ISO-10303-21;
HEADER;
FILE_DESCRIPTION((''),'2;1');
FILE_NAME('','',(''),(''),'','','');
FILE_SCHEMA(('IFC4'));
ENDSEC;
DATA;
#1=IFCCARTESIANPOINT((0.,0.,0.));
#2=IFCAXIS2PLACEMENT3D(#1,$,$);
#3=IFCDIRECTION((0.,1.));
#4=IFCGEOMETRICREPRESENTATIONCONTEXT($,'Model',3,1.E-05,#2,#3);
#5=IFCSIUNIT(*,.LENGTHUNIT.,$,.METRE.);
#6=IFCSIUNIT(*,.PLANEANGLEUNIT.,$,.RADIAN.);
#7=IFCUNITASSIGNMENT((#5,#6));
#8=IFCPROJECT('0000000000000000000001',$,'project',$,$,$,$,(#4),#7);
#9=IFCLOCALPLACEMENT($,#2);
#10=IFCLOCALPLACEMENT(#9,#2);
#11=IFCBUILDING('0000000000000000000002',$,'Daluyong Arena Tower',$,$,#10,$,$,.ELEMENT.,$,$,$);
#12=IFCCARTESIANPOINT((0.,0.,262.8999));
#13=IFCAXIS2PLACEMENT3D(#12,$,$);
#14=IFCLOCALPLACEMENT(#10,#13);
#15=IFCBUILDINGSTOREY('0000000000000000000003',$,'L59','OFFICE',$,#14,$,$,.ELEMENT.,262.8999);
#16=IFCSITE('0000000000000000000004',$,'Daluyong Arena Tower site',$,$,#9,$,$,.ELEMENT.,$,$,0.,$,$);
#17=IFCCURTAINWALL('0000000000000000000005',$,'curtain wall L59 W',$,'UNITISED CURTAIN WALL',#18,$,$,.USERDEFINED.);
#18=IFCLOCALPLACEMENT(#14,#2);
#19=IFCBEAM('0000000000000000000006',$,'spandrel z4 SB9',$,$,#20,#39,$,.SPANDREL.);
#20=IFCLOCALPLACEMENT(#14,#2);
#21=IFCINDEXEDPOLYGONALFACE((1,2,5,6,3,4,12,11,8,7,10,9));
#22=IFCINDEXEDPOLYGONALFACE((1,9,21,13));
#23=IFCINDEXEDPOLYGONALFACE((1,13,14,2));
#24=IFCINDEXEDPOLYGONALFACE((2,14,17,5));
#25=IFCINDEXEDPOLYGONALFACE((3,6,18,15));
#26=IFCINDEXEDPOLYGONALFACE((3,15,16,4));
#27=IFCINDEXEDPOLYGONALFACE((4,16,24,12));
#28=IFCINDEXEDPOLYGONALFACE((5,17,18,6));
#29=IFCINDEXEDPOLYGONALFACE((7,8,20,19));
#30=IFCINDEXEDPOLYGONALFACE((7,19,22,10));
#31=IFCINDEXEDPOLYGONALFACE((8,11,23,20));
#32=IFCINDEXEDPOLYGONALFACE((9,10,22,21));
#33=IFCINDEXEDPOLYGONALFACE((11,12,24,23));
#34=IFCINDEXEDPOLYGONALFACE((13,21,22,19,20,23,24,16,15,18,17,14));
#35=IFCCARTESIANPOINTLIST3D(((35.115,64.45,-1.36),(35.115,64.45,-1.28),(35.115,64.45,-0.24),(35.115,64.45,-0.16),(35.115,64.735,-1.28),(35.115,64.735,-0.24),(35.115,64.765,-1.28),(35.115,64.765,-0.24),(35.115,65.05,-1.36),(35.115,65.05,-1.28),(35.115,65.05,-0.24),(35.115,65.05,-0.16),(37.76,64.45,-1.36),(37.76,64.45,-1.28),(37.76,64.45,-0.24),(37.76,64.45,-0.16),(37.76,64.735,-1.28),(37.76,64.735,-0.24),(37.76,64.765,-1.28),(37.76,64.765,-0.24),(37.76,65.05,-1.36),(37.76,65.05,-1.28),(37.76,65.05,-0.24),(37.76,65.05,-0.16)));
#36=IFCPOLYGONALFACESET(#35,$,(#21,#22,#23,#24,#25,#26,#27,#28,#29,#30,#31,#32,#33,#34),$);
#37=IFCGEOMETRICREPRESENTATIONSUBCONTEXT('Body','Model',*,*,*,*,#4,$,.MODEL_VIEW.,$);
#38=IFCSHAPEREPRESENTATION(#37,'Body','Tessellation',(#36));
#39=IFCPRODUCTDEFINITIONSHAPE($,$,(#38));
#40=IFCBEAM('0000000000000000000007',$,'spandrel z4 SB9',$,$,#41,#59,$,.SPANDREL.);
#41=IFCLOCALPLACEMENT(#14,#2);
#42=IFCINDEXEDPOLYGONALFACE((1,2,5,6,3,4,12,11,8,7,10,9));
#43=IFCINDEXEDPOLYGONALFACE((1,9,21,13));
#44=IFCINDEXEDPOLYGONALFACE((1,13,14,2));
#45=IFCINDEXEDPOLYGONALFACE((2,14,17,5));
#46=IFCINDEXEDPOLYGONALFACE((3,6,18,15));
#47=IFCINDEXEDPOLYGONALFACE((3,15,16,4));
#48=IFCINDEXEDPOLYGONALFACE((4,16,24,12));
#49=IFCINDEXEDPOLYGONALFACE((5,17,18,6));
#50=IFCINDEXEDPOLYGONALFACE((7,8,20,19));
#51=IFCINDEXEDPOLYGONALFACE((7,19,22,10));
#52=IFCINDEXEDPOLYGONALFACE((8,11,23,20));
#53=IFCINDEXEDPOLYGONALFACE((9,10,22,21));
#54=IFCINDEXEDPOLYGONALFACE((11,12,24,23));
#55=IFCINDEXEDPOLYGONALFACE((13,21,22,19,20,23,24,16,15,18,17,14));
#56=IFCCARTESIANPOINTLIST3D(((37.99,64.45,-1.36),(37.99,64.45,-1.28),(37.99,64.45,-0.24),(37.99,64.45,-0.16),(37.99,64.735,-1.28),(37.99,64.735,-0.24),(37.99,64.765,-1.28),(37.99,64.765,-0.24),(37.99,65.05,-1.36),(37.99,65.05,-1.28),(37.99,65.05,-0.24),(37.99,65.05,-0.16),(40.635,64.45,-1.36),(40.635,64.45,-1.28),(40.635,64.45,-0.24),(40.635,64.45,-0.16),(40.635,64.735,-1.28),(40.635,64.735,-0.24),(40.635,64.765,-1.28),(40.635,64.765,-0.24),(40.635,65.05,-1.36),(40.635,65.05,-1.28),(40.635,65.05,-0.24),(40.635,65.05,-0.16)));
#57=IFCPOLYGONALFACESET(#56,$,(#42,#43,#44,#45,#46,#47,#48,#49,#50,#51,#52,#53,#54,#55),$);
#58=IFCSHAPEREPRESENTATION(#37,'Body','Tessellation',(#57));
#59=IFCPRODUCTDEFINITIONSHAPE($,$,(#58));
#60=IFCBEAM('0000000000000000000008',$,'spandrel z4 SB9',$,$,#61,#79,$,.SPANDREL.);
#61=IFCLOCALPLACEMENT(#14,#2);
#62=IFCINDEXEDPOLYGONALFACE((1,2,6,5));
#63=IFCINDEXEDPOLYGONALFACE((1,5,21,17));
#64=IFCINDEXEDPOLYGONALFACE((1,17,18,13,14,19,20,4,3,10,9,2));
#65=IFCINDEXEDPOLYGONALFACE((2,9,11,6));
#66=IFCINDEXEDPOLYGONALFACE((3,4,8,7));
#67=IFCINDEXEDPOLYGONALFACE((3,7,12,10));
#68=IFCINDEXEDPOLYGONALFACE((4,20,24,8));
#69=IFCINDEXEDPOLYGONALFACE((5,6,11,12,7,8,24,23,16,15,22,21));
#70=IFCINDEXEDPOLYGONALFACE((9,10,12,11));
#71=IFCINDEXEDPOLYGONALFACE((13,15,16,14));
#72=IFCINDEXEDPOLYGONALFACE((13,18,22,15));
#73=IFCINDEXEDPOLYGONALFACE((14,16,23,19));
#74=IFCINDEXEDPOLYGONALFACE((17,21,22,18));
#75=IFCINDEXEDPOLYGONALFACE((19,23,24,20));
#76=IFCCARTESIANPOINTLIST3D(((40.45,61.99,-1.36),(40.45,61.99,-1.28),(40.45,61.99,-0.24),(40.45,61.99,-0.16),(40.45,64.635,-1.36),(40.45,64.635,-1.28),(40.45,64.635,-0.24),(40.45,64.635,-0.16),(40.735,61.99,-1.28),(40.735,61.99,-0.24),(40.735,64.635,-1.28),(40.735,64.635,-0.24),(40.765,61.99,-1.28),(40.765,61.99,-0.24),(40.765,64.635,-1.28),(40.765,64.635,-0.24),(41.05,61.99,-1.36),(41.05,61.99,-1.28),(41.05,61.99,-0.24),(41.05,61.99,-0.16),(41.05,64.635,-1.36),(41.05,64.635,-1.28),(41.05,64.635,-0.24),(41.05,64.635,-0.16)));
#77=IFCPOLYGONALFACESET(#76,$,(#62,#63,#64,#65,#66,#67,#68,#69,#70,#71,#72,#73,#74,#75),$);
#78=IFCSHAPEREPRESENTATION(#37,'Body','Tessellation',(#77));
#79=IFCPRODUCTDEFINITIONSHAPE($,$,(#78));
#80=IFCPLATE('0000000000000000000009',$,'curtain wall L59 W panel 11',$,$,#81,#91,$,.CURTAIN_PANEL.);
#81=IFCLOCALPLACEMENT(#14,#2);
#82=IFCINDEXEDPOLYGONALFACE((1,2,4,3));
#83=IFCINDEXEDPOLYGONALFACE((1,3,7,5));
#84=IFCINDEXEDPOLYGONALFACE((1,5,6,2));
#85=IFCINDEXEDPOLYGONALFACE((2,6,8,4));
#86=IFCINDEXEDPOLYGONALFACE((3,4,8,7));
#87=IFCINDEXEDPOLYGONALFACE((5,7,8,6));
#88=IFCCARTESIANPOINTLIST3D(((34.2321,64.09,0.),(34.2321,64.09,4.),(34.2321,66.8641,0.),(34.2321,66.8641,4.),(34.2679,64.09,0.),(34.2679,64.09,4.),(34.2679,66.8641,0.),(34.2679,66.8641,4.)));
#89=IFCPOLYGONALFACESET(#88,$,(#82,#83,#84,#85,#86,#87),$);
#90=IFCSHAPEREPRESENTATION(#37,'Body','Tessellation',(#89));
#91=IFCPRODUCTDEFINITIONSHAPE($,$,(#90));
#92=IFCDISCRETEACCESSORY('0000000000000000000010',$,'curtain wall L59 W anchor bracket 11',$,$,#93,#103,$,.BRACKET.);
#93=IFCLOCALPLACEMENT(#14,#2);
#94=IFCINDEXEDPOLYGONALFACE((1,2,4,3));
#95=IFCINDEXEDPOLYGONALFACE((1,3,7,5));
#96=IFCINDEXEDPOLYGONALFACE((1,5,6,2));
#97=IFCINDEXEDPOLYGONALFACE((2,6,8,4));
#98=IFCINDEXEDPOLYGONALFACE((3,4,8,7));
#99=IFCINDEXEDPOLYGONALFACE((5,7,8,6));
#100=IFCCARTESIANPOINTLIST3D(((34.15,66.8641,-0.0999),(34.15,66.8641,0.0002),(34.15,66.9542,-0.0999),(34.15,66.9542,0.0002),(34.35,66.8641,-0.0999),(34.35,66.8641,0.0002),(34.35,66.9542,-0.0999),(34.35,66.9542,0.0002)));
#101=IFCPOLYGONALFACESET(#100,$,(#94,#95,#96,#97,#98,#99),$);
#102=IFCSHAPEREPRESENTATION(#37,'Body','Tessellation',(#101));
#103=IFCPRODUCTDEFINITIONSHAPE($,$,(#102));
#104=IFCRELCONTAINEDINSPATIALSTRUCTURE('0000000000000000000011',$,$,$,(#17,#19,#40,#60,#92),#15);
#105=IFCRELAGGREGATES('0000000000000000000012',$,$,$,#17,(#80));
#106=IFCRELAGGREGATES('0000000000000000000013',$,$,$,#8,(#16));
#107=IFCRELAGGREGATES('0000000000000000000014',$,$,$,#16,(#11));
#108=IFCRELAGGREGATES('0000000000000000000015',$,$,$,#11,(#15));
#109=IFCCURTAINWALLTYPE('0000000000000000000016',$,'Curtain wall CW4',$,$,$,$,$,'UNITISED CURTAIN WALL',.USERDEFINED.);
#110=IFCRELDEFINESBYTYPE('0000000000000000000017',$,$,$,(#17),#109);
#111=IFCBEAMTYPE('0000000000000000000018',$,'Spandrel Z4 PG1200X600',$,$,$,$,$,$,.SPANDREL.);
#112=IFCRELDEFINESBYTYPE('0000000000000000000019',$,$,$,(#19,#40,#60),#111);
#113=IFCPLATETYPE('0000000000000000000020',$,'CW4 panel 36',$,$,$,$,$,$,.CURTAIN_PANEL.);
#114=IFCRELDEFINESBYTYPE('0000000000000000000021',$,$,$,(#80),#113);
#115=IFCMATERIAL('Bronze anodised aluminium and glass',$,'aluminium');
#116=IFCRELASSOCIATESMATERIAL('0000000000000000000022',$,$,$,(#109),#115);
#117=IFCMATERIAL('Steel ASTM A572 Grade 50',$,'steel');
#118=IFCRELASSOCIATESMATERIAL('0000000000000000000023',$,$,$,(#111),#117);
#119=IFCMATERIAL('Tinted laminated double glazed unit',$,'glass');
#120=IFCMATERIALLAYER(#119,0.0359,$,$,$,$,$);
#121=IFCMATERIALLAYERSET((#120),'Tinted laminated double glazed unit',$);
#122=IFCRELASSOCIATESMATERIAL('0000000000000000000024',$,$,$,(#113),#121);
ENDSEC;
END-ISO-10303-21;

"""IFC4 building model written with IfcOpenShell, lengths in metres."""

from ifc_helpers import new_model, si_unit, direction, frame, origin, origin_2d, place, context, subcontext, project, spatial, rectangle, i_section, extrude, material, layer, layer_set, material_profile, profile_set, type_object, element, aggregate, save


model = new_model("IFC4")

# Units and contexts
model_context = context("Model", 3, precision=1e-05, world=origin(), true_north=direction((0.0, 1.0)))
body_context = subcontext(model_context, "Body", "Model", "MODEL_VIEW")
ifc_project = project(units=[si_unit("LENGTHUNIT", "METRE"), si_unit("PLANEANGLEUNIT", "RADIAN")], contexts=[model_context])

# Site, building, storey
site_placement = place(None, origin())
site = spatial("IfcSite", under=ifc_project, at=site_placement, Name="Daluyong Arena Tower site", CompositionType="ELEMENT", RefElevation=0.0)
building_placement = place(site_placement, origin())
building = spatial("IfcBuilding", under=site, at=building_placement, Name="Daluyong Arena Tower", CompositionType="ELEMENT")
storey_placement = place(building_placement, frame((0.0, 0.0, 262.8999)))
storey = spatial("IfcBuildingStorey", under=building, at=storey_placement, Name="L59", Description="OFFICE", CompositionType="ELEMENT", Elevation=262.8999)

# Curtain wall
ifc_material_1 = material(Name="Bronze anodised aluminium and glass", Category="aluminium")
curtain_wall_type = type_object("IfcCurtainWallType", Name="Curtain wall CW4", ElementType="UNITISED CURTAIN WALL", PredefinedType="USERDEFINED", material=ifc_material_1)
curtain_wall_placement = place(storey_placement, origin())
curtain_wall = element("IfcCurtainWall", 1, at=curtain_wall_placement, inside=storey, type_object=curtain_wall_type, Name="curtain wall L59 W", ObjectType="UNITISED CURTAIN WALL", PredefinedType="USERDEFINED")

# Beams
ifc_material_2 = material(Name="Steel ASTM A572 Grade 50", Category="steel")
ifc_material_profile_1 = material_profile(ifc_material_2, i_section(OverallWidth=0.6001, OverallDepth=1.2, WebThickness=0.03, FlangeThickness=0.08, at=origin_2d()))
ifc_profile_set_1 = profile_set([ifc_material_profile_1], Name="Steel ASTM A572 Grade 50")
beam_type_1 = type_object("IfcBeamType", Name="Spandrel Z4 PG1200X600", PredefinedType="SPANDREL", material=ifc_profile_set_1)
for number, where, z_axis, x_axis, name in (
    (2, (35.115, 64.75, -0.76), (1.0, 0.0, 0.0), (0.0, 1.0, 0.0), "spandrel z4 SB9"),
    (3, (37.99, 64.75, -0.76), (1.0, 0.0, 0.0), (0.0, 1.0, 0.0), "spandrel z4 SB9"),
    (4, (40.75, 64.635, -0.76), (0.0, -1.0, 0.0), (1.0, 0.0, 0.0), "spandrel z4 SB9"),
):
    element("IfcBeam", number, at=place(storey_placement, frame(where, z_axis=z_axis, x_axis=x_axis)), inside=storey, type_object=beam_type_1, Name=name, PredefinedType="SPANDREL", context=body_context, shape_type="SweptSolid", body=[
        extrude(i_section(OverallWidth=0.6001, OverallDepth=1.2, WebThickness=0.03, FlangeThickness=0.08, at=origin_2d()), origin(), (0.0, 0.0, 1.0), 2.645),
    ])

# Plate
ifc_material_3 = material(Name="Tinted laminated double glazed unit", Category="glass")
ifc_layer_1 = layer(ifc_material_3, 0.0359)
ifc_layer_set_1 = layer_set([ifc_layer_1], Name="Tinted laminated double glazed unit")
plate_type = type_object("IfcPlateType", Name="CW4 panel 36", PredefinedType="CURTAIN_PANEL", material=ifc_layer_set_1)
plate_placement = place(storey_placement, frame((34.25, 65.4771, 0.0), z_axis=(0.0, 0.0, 1.0), x_axis=(0.0, -1.0, 0.0)))
plate = element("IfcPlate", 5, at=plate_placement, type_object=plate_type, Name="curtain wall L59 W panel 11", PredefinedType="CURTAIN_PANEL", context=body_context, shape_type="SweptSolid", body=[
    extrude(rectangle(XDim=2.7742, YDim=0.0359, at=origin_2d()), origin(), (0.0, 0.0, 1.0), 4.0),
])
aggregate(curtain_wall, [plate])

# Discrete accessory
discrete_accessory_placement = place(storey_placement, frame((34.25, 66.9092, -0.0999), z_axis=(0.0, 0.0, 1.0), x_axis=(0.0, -1.0, 0.0)))
element("IfcDiscreteAccessory", 6, at=discrete_accessory_placement, inside=storey, Name="curtain wall L59 W anchor bracket 11", PredefinedType="BRACKET", context=body_context, shape_type="SweptSolid", body=[
    extrude(rectangle(XDim=0.0901, YDim=0.2, at=origin_2d()), origin(), (0.0, 0.0, 1.0), 0.1001),
])

save(model, "model.ifc")
